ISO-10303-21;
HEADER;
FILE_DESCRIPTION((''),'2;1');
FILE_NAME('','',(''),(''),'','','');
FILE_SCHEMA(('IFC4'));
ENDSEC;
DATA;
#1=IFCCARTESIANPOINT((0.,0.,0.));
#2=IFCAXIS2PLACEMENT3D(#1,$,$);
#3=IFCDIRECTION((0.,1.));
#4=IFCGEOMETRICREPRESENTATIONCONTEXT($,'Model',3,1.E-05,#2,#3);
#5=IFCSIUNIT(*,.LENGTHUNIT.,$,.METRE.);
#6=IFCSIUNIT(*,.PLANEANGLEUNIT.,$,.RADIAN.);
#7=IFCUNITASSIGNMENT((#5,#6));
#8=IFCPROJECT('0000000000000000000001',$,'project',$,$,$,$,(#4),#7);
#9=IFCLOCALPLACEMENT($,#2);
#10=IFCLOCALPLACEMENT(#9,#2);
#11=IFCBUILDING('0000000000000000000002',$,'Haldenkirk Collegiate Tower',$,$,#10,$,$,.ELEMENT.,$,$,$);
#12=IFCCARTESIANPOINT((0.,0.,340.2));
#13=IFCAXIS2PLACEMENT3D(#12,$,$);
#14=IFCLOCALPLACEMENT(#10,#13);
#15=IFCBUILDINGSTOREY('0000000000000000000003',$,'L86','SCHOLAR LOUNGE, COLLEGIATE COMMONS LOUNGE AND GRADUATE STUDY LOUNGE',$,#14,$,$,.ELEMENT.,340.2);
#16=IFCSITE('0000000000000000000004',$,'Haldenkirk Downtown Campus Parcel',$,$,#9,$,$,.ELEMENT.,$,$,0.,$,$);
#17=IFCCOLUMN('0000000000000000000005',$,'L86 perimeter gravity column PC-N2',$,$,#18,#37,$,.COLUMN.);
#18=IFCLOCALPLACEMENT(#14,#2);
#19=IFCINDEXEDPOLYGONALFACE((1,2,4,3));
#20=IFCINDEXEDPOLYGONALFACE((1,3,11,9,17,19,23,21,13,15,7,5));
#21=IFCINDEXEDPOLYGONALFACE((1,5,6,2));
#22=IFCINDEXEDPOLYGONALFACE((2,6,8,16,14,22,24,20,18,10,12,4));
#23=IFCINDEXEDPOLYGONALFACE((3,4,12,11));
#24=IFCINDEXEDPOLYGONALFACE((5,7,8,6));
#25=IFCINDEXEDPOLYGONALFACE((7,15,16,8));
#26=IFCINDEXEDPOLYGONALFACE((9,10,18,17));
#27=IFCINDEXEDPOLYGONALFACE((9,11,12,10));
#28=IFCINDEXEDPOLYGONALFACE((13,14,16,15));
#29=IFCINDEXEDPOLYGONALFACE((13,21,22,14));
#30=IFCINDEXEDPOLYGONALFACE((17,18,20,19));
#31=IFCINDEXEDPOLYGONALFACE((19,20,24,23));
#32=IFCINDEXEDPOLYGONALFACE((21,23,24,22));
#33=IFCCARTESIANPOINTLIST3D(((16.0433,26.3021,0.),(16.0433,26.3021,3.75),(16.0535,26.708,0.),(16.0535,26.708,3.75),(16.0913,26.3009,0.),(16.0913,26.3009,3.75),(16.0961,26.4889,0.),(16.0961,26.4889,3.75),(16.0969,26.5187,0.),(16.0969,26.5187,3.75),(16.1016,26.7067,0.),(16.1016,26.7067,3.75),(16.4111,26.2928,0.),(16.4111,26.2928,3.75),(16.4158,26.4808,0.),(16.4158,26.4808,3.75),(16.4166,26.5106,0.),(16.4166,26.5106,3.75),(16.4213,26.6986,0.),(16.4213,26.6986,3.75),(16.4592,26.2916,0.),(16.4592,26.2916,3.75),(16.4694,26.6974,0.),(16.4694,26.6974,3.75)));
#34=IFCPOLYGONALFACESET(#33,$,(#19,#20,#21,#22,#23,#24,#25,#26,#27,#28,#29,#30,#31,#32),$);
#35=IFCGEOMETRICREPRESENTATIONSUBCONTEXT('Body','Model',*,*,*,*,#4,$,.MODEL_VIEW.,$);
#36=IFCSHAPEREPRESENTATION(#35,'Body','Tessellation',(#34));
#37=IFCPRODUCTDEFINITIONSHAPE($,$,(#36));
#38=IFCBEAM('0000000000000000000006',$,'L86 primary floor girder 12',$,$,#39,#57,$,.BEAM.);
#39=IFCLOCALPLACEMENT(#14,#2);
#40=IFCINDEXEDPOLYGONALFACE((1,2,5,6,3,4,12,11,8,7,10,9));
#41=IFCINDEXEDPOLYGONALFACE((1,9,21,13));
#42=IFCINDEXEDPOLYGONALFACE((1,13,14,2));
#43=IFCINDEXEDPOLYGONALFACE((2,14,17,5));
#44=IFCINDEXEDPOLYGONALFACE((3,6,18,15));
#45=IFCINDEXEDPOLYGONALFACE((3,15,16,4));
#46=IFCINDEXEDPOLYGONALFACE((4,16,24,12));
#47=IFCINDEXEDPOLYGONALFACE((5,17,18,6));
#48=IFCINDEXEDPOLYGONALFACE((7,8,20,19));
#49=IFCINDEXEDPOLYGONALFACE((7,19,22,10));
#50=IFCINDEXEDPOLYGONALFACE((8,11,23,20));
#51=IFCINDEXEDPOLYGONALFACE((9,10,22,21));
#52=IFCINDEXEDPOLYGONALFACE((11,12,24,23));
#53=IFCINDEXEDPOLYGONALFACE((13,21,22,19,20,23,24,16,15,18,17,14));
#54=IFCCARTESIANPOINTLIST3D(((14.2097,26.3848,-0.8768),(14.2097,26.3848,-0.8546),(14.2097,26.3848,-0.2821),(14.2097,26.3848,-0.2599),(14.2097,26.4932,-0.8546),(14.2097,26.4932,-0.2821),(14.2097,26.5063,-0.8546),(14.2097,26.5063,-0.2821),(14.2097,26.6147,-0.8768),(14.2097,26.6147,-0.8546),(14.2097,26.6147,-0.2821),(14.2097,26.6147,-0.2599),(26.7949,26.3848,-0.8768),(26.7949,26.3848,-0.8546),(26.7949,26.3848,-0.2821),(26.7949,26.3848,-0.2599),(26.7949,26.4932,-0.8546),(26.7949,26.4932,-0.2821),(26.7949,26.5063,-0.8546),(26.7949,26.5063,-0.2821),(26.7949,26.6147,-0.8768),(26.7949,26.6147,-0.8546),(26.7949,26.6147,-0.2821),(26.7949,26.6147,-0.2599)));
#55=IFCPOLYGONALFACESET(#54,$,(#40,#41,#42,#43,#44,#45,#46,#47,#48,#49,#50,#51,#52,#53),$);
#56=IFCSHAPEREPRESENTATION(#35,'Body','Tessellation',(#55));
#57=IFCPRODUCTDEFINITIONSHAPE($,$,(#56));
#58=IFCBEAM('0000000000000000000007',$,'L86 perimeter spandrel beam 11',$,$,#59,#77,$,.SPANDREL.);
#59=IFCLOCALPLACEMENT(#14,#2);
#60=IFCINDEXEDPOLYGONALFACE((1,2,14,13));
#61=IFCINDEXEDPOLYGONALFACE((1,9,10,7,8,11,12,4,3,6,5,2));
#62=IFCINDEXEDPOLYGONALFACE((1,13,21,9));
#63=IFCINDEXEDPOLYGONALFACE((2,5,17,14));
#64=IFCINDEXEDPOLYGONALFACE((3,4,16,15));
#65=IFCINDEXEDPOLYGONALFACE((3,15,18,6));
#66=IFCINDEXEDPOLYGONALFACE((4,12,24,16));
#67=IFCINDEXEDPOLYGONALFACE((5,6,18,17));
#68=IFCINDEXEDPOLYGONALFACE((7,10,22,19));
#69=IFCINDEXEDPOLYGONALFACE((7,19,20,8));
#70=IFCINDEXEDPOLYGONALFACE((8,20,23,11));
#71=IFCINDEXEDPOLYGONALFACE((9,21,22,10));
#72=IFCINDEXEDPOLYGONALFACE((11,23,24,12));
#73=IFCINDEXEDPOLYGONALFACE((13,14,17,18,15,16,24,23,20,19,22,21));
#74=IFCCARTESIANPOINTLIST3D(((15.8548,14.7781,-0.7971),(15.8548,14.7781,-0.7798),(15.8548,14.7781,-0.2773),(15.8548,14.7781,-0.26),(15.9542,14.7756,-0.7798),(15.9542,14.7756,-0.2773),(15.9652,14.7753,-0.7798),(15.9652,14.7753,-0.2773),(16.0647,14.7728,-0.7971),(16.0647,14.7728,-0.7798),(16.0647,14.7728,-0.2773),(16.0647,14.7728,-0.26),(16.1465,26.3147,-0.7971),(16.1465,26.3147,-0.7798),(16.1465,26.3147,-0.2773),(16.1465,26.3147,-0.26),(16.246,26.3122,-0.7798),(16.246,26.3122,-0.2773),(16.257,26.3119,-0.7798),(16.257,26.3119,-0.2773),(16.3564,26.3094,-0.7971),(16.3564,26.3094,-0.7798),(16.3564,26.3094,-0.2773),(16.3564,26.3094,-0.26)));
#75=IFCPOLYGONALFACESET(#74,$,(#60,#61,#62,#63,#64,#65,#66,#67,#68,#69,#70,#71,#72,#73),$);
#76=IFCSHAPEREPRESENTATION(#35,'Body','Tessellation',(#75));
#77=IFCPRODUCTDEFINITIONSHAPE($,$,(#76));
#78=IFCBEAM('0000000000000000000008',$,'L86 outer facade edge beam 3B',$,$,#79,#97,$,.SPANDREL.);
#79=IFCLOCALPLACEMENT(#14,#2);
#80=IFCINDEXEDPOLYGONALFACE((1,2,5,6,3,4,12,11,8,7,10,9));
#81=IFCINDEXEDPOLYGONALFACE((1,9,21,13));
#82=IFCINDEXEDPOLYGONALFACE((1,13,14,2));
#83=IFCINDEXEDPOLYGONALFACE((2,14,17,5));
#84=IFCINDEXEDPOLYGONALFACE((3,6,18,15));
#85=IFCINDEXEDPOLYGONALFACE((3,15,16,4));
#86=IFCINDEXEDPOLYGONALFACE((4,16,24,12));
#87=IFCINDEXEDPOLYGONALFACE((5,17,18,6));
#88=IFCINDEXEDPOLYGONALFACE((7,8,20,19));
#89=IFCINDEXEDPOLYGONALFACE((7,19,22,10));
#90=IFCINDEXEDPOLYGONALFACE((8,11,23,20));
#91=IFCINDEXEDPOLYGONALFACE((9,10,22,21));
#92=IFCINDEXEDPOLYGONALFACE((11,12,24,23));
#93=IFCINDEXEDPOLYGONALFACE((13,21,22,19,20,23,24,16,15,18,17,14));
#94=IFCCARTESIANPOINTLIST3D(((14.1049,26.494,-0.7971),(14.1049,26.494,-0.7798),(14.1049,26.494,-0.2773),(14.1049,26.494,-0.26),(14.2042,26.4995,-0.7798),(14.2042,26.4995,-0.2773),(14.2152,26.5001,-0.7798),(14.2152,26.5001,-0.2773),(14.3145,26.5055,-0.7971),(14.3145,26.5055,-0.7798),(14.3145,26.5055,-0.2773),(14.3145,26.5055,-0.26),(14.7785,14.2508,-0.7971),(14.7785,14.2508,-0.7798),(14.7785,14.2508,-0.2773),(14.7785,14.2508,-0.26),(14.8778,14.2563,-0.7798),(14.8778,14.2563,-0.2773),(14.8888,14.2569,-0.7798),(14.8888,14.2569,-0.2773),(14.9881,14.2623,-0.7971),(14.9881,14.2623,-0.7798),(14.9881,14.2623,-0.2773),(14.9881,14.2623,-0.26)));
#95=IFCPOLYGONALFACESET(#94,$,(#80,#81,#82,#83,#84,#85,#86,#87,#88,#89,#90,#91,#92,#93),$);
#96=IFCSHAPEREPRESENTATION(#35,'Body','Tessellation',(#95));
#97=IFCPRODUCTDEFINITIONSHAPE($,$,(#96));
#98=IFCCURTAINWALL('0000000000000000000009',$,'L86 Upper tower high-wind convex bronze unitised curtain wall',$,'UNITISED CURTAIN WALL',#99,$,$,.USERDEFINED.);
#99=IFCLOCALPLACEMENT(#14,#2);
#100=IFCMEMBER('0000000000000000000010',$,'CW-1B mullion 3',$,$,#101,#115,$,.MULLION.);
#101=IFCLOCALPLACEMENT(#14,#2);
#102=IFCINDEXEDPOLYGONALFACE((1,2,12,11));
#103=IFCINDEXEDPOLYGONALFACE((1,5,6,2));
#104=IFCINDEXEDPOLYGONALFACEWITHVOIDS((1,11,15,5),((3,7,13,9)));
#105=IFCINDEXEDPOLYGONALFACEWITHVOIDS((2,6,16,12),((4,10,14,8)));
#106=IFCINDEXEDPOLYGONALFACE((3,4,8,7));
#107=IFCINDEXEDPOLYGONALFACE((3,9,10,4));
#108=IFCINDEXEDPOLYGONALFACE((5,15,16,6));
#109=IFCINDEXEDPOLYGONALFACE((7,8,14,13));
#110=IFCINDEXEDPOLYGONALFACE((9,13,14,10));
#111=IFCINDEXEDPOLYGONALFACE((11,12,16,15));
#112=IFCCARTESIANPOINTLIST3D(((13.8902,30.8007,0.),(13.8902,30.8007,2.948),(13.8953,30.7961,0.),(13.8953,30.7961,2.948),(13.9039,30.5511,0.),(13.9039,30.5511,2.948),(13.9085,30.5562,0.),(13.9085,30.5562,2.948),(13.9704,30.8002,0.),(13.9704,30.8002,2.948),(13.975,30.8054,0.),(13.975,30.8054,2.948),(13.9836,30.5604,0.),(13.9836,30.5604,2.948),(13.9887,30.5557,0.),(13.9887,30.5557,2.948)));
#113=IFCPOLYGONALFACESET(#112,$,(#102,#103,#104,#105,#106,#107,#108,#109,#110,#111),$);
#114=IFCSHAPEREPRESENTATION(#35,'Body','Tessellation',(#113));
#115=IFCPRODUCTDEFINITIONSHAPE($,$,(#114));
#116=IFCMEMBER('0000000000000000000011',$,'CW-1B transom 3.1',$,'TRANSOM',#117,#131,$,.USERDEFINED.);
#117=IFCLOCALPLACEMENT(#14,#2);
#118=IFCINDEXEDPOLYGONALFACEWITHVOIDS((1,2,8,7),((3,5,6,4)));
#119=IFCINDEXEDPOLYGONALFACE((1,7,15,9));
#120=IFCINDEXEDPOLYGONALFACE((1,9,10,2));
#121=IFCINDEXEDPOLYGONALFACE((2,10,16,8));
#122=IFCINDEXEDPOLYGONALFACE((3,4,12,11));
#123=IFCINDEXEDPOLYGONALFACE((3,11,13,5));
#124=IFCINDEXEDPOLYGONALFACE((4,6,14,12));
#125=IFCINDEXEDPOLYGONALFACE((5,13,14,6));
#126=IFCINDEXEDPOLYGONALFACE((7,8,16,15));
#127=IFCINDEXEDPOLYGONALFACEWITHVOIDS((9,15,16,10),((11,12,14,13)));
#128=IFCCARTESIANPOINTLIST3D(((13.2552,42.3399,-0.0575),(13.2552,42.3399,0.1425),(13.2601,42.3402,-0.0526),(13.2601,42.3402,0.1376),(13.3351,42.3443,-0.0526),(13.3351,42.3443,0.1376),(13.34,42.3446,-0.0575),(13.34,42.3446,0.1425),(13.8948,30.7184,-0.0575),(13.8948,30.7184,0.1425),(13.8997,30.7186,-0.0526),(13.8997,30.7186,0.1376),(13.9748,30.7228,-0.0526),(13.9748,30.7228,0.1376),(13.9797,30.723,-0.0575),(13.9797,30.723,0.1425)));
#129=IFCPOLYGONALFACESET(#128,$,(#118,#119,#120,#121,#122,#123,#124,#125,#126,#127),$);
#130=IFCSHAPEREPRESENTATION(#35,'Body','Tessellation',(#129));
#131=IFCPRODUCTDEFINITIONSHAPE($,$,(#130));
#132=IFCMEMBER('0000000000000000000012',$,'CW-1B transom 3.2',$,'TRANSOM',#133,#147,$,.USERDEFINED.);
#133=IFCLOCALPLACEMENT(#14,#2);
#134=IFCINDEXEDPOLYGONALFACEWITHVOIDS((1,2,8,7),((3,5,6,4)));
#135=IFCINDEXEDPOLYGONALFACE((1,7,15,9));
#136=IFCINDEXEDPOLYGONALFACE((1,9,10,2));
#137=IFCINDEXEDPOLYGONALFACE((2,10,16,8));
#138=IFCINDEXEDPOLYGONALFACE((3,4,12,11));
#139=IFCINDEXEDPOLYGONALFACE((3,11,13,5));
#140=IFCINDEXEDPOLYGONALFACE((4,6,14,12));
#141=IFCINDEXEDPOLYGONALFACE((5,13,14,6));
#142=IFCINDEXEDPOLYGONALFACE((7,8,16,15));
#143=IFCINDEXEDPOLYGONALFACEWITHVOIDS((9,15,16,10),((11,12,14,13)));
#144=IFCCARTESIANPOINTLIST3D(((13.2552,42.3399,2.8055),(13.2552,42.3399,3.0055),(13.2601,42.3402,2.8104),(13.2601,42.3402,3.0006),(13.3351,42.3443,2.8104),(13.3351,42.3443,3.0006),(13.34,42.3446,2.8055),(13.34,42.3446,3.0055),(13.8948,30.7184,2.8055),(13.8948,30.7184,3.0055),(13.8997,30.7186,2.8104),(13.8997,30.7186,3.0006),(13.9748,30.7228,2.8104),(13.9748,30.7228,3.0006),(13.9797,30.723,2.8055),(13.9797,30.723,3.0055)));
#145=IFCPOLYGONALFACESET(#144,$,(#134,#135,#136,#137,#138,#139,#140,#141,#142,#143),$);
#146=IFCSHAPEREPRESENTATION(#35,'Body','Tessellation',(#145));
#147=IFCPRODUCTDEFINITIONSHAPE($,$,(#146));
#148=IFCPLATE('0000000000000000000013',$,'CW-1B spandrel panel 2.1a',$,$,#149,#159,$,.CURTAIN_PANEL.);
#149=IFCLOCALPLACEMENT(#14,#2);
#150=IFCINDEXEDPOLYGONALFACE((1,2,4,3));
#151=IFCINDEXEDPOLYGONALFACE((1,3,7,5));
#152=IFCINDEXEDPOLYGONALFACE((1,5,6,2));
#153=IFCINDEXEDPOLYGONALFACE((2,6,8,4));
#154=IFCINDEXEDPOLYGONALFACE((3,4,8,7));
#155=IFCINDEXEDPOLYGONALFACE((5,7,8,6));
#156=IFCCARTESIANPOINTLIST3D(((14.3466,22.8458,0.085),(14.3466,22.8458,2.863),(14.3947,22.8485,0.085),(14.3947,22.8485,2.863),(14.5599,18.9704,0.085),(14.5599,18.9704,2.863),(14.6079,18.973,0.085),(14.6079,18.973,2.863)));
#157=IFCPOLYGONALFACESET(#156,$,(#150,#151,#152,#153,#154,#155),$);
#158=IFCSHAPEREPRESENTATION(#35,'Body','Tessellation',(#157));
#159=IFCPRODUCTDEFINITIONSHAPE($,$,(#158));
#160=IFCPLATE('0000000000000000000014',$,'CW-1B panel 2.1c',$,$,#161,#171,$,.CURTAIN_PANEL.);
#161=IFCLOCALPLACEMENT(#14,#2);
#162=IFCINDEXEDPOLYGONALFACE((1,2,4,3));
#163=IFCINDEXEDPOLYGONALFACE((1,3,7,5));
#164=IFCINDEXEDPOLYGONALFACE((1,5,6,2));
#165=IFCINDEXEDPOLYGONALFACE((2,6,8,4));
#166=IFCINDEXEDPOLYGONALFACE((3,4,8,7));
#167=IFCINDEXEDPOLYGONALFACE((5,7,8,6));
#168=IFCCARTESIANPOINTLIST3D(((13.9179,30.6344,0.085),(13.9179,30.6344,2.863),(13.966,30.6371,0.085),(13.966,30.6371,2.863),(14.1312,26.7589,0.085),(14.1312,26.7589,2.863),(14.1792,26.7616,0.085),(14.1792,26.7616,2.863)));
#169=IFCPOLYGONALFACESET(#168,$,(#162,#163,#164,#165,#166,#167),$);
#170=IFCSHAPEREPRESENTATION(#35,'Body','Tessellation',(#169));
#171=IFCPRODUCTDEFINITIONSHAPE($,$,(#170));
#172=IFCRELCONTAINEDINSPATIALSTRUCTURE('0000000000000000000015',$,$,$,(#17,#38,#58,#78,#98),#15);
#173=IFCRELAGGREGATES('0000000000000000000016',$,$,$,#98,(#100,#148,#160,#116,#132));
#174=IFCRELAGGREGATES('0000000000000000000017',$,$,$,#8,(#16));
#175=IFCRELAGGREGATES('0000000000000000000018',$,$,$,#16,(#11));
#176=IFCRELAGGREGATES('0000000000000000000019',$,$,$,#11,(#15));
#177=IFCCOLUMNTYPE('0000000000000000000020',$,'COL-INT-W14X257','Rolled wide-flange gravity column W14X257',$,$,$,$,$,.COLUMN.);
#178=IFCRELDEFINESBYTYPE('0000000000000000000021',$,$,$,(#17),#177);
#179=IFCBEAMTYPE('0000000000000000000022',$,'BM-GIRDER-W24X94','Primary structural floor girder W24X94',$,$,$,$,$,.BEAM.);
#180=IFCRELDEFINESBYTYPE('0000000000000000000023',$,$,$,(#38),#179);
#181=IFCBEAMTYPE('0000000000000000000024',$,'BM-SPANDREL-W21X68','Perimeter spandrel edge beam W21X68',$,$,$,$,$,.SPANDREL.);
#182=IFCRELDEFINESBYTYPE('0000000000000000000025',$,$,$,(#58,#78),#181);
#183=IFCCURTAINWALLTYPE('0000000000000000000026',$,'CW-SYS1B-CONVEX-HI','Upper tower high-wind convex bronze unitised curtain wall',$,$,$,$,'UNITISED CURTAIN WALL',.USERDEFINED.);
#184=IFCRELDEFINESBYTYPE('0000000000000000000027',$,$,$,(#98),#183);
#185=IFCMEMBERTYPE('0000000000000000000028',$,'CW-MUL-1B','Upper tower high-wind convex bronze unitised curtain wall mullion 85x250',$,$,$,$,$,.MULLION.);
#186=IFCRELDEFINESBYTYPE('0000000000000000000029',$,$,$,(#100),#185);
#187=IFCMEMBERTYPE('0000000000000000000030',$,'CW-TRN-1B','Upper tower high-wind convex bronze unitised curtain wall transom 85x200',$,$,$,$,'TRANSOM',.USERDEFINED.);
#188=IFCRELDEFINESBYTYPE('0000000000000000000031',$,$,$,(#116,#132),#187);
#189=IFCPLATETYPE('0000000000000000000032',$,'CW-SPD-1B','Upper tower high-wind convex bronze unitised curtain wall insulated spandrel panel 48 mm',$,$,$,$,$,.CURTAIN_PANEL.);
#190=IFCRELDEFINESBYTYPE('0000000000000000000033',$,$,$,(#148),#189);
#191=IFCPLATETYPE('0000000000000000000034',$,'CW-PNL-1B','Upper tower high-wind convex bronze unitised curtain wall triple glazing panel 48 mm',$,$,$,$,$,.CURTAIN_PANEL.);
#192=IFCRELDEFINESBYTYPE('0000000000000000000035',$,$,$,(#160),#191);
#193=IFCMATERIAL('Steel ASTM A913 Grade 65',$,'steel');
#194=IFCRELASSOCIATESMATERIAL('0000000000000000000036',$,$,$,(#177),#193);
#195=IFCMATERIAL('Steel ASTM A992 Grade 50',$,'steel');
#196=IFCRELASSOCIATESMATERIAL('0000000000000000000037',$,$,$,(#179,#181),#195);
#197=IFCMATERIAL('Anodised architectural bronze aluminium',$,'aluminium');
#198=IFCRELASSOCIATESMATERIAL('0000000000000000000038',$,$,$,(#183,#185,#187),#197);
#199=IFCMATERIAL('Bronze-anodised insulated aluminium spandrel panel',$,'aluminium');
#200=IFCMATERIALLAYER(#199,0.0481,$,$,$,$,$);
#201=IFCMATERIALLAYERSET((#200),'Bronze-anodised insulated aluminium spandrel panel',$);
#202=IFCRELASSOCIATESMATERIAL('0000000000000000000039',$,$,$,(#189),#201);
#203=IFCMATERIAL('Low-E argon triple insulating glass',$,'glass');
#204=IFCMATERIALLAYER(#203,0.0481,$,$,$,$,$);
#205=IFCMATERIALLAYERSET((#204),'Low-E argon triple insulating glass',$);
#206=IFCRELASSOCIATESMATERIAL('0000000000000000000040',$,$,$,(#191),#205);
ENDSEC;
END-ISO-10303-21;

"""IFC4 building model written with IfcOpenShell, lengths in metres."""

from ifc_helpers import new_model, si_unit, direction, frame, origin, origin_2d, place, context, subcontext, project, spatial, rectangle, hollow_rectangle, i_section, extrude, source, transform, mapped, material, layer, layer_set, material_profile, profile_set, type_object, element, aggregate, save


model = new_model("IFC4")

# Units and contexts
model_context = context("Model", 3, precision=1e-05, world=origin(), true_north=direction((0.0, 1.0)))
body_context = subcontext(model_context, "Body", "Model", "MODEL_VIEW")
ifc_project = project(units=[si_unit("LENGTHUNIT", "METRE"), si_unit("PLANEANGLEUNIT", "RADIAN")], contexts=[model_context])

# Site, building, storey
site_placement = place(None, origin())
site = spatial("IfcSite", under=ifc_project, at=site_placement, Name="Haldenkirk Downtown Campus Parcel", CompositionType="ELEMENT", RefElevation=0.0)
building_placement = place(site_placement, origin())
building = spatial("IfcBuilding", under=site, at=building_placement, Name="Haldenkirk Collegiate Tower", CompositionType="ELEMENT")
storey_placement = place(building_placement, frame((0.0, 0.0, 340.2)))
storey = spatial("IfcBuildingStorey", under=building, at=storey_placement, Name="L86", Description="SCHOLAR LOUNGE, COLLEGIATE COMMONS LOUNGE AND GRADUATE STUDY LOUNGE", CompositionType="ELEMENT", Elevation=340.2)

# Column
ifc_material_1 = material(Name="Steel ASTM A913 Grade 65", Category="steel")
ifc_material_profile_1 = material_profile(ifc_material_1, i_section(OverallWidth=0.406, OverallDepth=0.416, WebThickness=0.0298, FlangeThickness=0.0481, at=origin_2d()), Name="W14X257")
ifc_profile_set_1 = profile_set([ifc_material_profile_1], Name="Steel ASTM A913 Grade 65")
column_type = type_object("IfcColumnType", Name="COL-INT-W14X257", Description="Rolled wide-flange gravity column W14X257", PredefinedType="COLUMN", material=ifc_profile_set_1)
column_placement = place(storey_placement, frame((16.2563, 26.4998, 0.0), z_axis=(0.0, 0.0, 1.0), x_axis=(0.025305, 0.99968, 0.0)))
element("IfcColumn", 1, at=column_placement, inside=storey, type_object=column_type, Name="L86 perimeter gravity column PC-N2", PredefinedType="COLUMN", context=body_context, shape_type="SweptSolid", body=[
    extrude(i_section(OverallWidth=0.406, OverallDepth=0.416, WebThickness=0.0298, FlangeThickness=0.0481, at=origin_2d()), origin(), (0.0, 0.0, 1.0), 3.75),
])

# Beams
ifc_material_2 = material(Name="Steel ASTM A992 Grade 50", Category="steel")
ifc_material_profile_2 = material_profile(ifc_material_2, i_section(OverallWidth=0.23, OverallDepth=0.6169, WebThickness=0.0132, FlangeThickness=0.0222, at=origin_2d()), Name="W24X94")
ifc_profile_set_2 = profile_set([ifc_material_profile_2], Name="Steel ASTM A992 Grade 50")
beam_type_1 = type_object("IfcBeamType", Name="BM-GIRDER-W24X94", Description="Primary structural floor girder W24X94", PredefinedType="BEAM", material=ifc_profile_set_2)
beam_1_placement = place(storey_placement, frame((14.2097, 26.4998, -0.5684), z_axis=(1.0, 0.0, 0.0), x_axis=(0.0, 1.0, 0.0)))
element("IfcBeam", 2, at=beam_1_placement, inside=storey, type_object=beam_type_1, Name="L86 primary floor girder 12", PredefinedType="BEAM", context=body_context, shape_type="SweptSolid", body=[
    extrude(i_section(OverallWidth=0.23, OverallDepth=0.6169, WebThickness=0.0132, FlangeThickness=0.0222, at=origin_2d()), origin(), (0.0, 0.0, 1.0), 12.5852),
])
ifc_material_profile_3 = material_profile(ifc_material_2, i_section(OverallWidth=0.21, OverallDepth=0.5371, WebThickness=0.011, FlangeThickness=0.0173, at=origin_2d()), Name="W21X68")
ifc_profile_set_3 = profile_set([ifc_material_profile_3], Name="Steel ASTM A992 Grade 50")
beam_type_2 = type_object("IfcBeamType", Name="BM-SPANDREL-W21X68", Description="Perimeter spandrel edge beam W21X68", PredefinedType="SPANDREL", material=ifc_profile_set_3)
beam_2_placement = place(storey_placement, frame((16.2515, 26.312, -0.5286), z_axis=(-0.025281, -0.99968, 0.0), x_axis=(0.99968, -0.025281, 0.0)))
element("IfcBeam", 3, at=beam_2_placement, inside=storey, type_object=beam_type_2, Name="L86 perimeter spandrel beam 11", PredefinedType="SPANDREL", context=body_context, shape_type="SweptSolid", body=[
    extrude(i_section(OverallWidth=0.21, OverallDepth=0.5371, WebThickness=0.011, FlangeThickness=0.0173, at=origin_2d()), origin(), (0.0, 0.0, 1.0), 11.5403),
])
beam_3_placement = place(storey_placement, frame((14.2097, 26.4998, -0.5286), z_axis=(0.054934, -0.99849, 0.0), x_axis=(0.99849, 0.054934, 0.0)))
element("IfcBeam", 4, at=beam_3_placement, inside=storey, type_object=beam_type_2, Name="L86 outer facade edge beam 3B", PredefinedType="SPANDREL", context=body_context, shape_type="SweptSolid", body=[
    extrude(i_section(OverallWidth=0.21, OverallDepth=0.5371, WebThickness=0.011, FlangeThickness=0.0173, at=origin_2d()), origin(), (0.0, 0.0, 1.0), 12.2617),
])

# Curtain wall, members, plates
ifc_material_3 = material(Name="Anodised architectural bronze aluminium", Category="aluminium")
curtain_wall_type = type_object("IfcCurtainWallType", Name="CW-SYS1B-CONVEX-HI", Description="Upper tower high-wind convex bronze unitised curtain wall", ElementType="UNITISED CURTAIN WALL", PredefinedType="USERDEFINED", material=ifc_material_3)
curtain_wall_placement = place(storey_placement, origin())
curtain_wall = element("IfcCurtainWall", 5, at=curtain_wall_placement, inside=storey, type_object=curtain_wall_type, Name="L86 Upper tower high-wind convex bronze unitised curtain wall", ObjectType="UNITISED CURTAIN WALL", PredefinedType="USERDEFINED")
ifc_material_profile_4 = material_profile(ifc_material_3, hollow_rectangle(XDim=0.085, YDim=0.25, WallThickness=0.0049, at=origin_2d()), Name="CW-MUL-1B")
ifc_profile_set_4 = profile_set([ifc_material_profile_4], Name="Anodised architectural bronze aluminium")
member_type_1 = type_object("IfcMemberType", Name="CW-MUL-1B", Description="Upper tower high-wind convex bronze unitised curtain wall mullion 85x250", PredefinedType="MULLION", material=ifc_profile_set_4)
member_1_placement = place(storey_placement, frame((13.9395, 30.6782, 0.0), z_axis=(0.0, 0.0, 1.0), x_axis=(-0.998489, -0.054949, 0.0)))
member_1 = element("IfcMember", 6, at=member_1_placement, type_object=member_type_1, Name="CW-1B mullion 3", PredefinedType="MULLION", context=body_context, shape_type="SweptSolid", body=[
    extrude(hollow_rectangle(XDim=0.085, YDim=0.25, WallThickness=0.0049, at=origin_2d()), origin(), (0.0, 0.0, 1.0), 2.948),
])
ifc_material_profile_5 = material_profile(ifc_material_3, hollow_rectangle(XDim=0.085, YDim=0.2, WallThickness=0.0049, at=origin_2d()), Name="CW-TRN-1B")
ifc_profile_set_5 = profile_set([ifc_material_profile_5], Name="Anodised architectural bronze aluminium")
member_type_2 = type_object("IfcMemberType", Name="CW-TRN-1B", Description="Upper tower high-wind convex bronze unitised curtain wall transom 85x200", ElementType="TRANSOM", PredefinedType="USERDEFINED", material=ifc_profile_set_5)
member_2_placement = place(storey_placement, frame((13.9373, 30.7207, 0.0425), z_axis=(-0.054957, 0.998489, 0.0), x_axis=(-0.998489, -0.054957, 0.0)))
member_2 = element("IfcMember", 7, at=member_2_placement, type_object=member_type_2, Name="CW-1B transom 3.1", ObjectType="TRANSOM", PredefinedType="USERDEFINED", context=body_context, shape_type="SweptSolid", body=[
    extrude(hollow_rectangle(XDim=0.085, YDim=0.2, WallThickness=0.0049, at=origin_2d()), origin(), (0.0, 0.0, 1.0), 11.6392),
])
member_3_placement = place(storey_placement, frame((13.9373, 30.7207, 2.9055), z_axis=(-0.054957, 0.998489, 0.0), x_axis=(-0.998489, -0.054957, 0.0)))
member_3 = element("IfcMember", 8, at=member_3_placement, type_object=member_type_2, Name="CW-1B transom 3.2", ObjectType="TRANSOM", PredefinedType="USERDEFINED", context=body_context, shape_type="SweptSolid", body=[
    extrude(hollow_rectangle(XDim=0.085, YDim=0.2, WallThickness=0.0049, at=origin_2d()), origin(), (0.0, 0.0, 1.0), 11.6392),
])
ifc_material_4 = material(Name="Bronze-anodised insulated aluminium spandrel panel", Category="aluminium")
ifc_layer_1 = layer(ifc_material_4, 0.0481)
ifc_layer_set_1 = layer_set([ifc_layer_1], Name="Bronze-anodised insulated aluminium spandrel panel")
plate_type_1 = type_object("IfcPlateType", Name="CW-SPD-1B", Description="Upper tower high-wind convex bronze unitised curtain wall insulated spandrel panel 48 mm", PredefinedType="CURTAIN_PANEL", material=ifc_layer_set_1)
shared_shape_1 = source(origin(), body_context, "Body", "SweptSolid", [
    extrude(rectangle(XDim=3.8813, YDim=0.0481, at=origin_2d()), origin(), (0.0, 0.0, 1.0), 2.7781),
])
plate_1_placement = place(storey_placement, frame((14.4773, 20.9094, 0.085), z_axis=(0.0, 0.0, 1.0), x_axis=(-0.054949, 0.998489, 0.0)))
plate_1 = element("IfcPlate", 9, at=plate_1_placement, type_object=plate_type_1, Name="CW-1B spandrel panel 2.1a", PredefinedType="CURTAIN_PANEL", context=body_context, shape_type="MappedRepresentation", body=[
    mapped(shared_shape_1, transform((0.0, 0.0, 0.0), x_axis=(1.0, 0.0, 0.0), y_axis=(0.0, 1.0, 0.0), z_axis=(0.0, 0.0, 1.0), scale=1.0)),
])
ifc_material_5 = material(Name="Low-E argon triple insulating glass", Category="glass")
ifc_layer_2 = layer(ifc_material_5, 0.0481)
ifc_layer_set_2 = layer_set([ifc_layer_2], Name="Low-E argon triple insulating glass")
plate_type_2 = type_object("IfcPlateType", Name="CW-PNL-1B", Description="Upper tower high-wind convex bronze unitised curtain wall triple glazing panel 48 mm", PredefinedType="CURTAIN_PANEL", material=ifc_layer_set_2)
plate_2_placement = place(storey_placement, frame((14.0486, 28.698, 0.085), z_axis=(0.0, 0.0, 1.0), x_axis=(-0.054949, 0.998489, 0.0)))
plate_2 = element("IfcPlate", 10, at=plate_2_placement, type_object=plate_type_2, Name="CW-1B panel 2.1c", PredefinedType="CURTAIN_PANEL", context=body_context, shape_type="MappedRepresentation", body=[
    mapped(shared_shape_1, transform((0.0, 0.0, 0.0), x_axis=(1.0, 0.0, 0.0), y_axis=(0.0, 1.0, 0.0), z_axis=(0.0, 0.0, 1.0), scale=1.0)),
])
aggregate(curtain_wall, [member_1, plate_1, plate_2, member_2, member_3])

save(model, "model.ifc")
